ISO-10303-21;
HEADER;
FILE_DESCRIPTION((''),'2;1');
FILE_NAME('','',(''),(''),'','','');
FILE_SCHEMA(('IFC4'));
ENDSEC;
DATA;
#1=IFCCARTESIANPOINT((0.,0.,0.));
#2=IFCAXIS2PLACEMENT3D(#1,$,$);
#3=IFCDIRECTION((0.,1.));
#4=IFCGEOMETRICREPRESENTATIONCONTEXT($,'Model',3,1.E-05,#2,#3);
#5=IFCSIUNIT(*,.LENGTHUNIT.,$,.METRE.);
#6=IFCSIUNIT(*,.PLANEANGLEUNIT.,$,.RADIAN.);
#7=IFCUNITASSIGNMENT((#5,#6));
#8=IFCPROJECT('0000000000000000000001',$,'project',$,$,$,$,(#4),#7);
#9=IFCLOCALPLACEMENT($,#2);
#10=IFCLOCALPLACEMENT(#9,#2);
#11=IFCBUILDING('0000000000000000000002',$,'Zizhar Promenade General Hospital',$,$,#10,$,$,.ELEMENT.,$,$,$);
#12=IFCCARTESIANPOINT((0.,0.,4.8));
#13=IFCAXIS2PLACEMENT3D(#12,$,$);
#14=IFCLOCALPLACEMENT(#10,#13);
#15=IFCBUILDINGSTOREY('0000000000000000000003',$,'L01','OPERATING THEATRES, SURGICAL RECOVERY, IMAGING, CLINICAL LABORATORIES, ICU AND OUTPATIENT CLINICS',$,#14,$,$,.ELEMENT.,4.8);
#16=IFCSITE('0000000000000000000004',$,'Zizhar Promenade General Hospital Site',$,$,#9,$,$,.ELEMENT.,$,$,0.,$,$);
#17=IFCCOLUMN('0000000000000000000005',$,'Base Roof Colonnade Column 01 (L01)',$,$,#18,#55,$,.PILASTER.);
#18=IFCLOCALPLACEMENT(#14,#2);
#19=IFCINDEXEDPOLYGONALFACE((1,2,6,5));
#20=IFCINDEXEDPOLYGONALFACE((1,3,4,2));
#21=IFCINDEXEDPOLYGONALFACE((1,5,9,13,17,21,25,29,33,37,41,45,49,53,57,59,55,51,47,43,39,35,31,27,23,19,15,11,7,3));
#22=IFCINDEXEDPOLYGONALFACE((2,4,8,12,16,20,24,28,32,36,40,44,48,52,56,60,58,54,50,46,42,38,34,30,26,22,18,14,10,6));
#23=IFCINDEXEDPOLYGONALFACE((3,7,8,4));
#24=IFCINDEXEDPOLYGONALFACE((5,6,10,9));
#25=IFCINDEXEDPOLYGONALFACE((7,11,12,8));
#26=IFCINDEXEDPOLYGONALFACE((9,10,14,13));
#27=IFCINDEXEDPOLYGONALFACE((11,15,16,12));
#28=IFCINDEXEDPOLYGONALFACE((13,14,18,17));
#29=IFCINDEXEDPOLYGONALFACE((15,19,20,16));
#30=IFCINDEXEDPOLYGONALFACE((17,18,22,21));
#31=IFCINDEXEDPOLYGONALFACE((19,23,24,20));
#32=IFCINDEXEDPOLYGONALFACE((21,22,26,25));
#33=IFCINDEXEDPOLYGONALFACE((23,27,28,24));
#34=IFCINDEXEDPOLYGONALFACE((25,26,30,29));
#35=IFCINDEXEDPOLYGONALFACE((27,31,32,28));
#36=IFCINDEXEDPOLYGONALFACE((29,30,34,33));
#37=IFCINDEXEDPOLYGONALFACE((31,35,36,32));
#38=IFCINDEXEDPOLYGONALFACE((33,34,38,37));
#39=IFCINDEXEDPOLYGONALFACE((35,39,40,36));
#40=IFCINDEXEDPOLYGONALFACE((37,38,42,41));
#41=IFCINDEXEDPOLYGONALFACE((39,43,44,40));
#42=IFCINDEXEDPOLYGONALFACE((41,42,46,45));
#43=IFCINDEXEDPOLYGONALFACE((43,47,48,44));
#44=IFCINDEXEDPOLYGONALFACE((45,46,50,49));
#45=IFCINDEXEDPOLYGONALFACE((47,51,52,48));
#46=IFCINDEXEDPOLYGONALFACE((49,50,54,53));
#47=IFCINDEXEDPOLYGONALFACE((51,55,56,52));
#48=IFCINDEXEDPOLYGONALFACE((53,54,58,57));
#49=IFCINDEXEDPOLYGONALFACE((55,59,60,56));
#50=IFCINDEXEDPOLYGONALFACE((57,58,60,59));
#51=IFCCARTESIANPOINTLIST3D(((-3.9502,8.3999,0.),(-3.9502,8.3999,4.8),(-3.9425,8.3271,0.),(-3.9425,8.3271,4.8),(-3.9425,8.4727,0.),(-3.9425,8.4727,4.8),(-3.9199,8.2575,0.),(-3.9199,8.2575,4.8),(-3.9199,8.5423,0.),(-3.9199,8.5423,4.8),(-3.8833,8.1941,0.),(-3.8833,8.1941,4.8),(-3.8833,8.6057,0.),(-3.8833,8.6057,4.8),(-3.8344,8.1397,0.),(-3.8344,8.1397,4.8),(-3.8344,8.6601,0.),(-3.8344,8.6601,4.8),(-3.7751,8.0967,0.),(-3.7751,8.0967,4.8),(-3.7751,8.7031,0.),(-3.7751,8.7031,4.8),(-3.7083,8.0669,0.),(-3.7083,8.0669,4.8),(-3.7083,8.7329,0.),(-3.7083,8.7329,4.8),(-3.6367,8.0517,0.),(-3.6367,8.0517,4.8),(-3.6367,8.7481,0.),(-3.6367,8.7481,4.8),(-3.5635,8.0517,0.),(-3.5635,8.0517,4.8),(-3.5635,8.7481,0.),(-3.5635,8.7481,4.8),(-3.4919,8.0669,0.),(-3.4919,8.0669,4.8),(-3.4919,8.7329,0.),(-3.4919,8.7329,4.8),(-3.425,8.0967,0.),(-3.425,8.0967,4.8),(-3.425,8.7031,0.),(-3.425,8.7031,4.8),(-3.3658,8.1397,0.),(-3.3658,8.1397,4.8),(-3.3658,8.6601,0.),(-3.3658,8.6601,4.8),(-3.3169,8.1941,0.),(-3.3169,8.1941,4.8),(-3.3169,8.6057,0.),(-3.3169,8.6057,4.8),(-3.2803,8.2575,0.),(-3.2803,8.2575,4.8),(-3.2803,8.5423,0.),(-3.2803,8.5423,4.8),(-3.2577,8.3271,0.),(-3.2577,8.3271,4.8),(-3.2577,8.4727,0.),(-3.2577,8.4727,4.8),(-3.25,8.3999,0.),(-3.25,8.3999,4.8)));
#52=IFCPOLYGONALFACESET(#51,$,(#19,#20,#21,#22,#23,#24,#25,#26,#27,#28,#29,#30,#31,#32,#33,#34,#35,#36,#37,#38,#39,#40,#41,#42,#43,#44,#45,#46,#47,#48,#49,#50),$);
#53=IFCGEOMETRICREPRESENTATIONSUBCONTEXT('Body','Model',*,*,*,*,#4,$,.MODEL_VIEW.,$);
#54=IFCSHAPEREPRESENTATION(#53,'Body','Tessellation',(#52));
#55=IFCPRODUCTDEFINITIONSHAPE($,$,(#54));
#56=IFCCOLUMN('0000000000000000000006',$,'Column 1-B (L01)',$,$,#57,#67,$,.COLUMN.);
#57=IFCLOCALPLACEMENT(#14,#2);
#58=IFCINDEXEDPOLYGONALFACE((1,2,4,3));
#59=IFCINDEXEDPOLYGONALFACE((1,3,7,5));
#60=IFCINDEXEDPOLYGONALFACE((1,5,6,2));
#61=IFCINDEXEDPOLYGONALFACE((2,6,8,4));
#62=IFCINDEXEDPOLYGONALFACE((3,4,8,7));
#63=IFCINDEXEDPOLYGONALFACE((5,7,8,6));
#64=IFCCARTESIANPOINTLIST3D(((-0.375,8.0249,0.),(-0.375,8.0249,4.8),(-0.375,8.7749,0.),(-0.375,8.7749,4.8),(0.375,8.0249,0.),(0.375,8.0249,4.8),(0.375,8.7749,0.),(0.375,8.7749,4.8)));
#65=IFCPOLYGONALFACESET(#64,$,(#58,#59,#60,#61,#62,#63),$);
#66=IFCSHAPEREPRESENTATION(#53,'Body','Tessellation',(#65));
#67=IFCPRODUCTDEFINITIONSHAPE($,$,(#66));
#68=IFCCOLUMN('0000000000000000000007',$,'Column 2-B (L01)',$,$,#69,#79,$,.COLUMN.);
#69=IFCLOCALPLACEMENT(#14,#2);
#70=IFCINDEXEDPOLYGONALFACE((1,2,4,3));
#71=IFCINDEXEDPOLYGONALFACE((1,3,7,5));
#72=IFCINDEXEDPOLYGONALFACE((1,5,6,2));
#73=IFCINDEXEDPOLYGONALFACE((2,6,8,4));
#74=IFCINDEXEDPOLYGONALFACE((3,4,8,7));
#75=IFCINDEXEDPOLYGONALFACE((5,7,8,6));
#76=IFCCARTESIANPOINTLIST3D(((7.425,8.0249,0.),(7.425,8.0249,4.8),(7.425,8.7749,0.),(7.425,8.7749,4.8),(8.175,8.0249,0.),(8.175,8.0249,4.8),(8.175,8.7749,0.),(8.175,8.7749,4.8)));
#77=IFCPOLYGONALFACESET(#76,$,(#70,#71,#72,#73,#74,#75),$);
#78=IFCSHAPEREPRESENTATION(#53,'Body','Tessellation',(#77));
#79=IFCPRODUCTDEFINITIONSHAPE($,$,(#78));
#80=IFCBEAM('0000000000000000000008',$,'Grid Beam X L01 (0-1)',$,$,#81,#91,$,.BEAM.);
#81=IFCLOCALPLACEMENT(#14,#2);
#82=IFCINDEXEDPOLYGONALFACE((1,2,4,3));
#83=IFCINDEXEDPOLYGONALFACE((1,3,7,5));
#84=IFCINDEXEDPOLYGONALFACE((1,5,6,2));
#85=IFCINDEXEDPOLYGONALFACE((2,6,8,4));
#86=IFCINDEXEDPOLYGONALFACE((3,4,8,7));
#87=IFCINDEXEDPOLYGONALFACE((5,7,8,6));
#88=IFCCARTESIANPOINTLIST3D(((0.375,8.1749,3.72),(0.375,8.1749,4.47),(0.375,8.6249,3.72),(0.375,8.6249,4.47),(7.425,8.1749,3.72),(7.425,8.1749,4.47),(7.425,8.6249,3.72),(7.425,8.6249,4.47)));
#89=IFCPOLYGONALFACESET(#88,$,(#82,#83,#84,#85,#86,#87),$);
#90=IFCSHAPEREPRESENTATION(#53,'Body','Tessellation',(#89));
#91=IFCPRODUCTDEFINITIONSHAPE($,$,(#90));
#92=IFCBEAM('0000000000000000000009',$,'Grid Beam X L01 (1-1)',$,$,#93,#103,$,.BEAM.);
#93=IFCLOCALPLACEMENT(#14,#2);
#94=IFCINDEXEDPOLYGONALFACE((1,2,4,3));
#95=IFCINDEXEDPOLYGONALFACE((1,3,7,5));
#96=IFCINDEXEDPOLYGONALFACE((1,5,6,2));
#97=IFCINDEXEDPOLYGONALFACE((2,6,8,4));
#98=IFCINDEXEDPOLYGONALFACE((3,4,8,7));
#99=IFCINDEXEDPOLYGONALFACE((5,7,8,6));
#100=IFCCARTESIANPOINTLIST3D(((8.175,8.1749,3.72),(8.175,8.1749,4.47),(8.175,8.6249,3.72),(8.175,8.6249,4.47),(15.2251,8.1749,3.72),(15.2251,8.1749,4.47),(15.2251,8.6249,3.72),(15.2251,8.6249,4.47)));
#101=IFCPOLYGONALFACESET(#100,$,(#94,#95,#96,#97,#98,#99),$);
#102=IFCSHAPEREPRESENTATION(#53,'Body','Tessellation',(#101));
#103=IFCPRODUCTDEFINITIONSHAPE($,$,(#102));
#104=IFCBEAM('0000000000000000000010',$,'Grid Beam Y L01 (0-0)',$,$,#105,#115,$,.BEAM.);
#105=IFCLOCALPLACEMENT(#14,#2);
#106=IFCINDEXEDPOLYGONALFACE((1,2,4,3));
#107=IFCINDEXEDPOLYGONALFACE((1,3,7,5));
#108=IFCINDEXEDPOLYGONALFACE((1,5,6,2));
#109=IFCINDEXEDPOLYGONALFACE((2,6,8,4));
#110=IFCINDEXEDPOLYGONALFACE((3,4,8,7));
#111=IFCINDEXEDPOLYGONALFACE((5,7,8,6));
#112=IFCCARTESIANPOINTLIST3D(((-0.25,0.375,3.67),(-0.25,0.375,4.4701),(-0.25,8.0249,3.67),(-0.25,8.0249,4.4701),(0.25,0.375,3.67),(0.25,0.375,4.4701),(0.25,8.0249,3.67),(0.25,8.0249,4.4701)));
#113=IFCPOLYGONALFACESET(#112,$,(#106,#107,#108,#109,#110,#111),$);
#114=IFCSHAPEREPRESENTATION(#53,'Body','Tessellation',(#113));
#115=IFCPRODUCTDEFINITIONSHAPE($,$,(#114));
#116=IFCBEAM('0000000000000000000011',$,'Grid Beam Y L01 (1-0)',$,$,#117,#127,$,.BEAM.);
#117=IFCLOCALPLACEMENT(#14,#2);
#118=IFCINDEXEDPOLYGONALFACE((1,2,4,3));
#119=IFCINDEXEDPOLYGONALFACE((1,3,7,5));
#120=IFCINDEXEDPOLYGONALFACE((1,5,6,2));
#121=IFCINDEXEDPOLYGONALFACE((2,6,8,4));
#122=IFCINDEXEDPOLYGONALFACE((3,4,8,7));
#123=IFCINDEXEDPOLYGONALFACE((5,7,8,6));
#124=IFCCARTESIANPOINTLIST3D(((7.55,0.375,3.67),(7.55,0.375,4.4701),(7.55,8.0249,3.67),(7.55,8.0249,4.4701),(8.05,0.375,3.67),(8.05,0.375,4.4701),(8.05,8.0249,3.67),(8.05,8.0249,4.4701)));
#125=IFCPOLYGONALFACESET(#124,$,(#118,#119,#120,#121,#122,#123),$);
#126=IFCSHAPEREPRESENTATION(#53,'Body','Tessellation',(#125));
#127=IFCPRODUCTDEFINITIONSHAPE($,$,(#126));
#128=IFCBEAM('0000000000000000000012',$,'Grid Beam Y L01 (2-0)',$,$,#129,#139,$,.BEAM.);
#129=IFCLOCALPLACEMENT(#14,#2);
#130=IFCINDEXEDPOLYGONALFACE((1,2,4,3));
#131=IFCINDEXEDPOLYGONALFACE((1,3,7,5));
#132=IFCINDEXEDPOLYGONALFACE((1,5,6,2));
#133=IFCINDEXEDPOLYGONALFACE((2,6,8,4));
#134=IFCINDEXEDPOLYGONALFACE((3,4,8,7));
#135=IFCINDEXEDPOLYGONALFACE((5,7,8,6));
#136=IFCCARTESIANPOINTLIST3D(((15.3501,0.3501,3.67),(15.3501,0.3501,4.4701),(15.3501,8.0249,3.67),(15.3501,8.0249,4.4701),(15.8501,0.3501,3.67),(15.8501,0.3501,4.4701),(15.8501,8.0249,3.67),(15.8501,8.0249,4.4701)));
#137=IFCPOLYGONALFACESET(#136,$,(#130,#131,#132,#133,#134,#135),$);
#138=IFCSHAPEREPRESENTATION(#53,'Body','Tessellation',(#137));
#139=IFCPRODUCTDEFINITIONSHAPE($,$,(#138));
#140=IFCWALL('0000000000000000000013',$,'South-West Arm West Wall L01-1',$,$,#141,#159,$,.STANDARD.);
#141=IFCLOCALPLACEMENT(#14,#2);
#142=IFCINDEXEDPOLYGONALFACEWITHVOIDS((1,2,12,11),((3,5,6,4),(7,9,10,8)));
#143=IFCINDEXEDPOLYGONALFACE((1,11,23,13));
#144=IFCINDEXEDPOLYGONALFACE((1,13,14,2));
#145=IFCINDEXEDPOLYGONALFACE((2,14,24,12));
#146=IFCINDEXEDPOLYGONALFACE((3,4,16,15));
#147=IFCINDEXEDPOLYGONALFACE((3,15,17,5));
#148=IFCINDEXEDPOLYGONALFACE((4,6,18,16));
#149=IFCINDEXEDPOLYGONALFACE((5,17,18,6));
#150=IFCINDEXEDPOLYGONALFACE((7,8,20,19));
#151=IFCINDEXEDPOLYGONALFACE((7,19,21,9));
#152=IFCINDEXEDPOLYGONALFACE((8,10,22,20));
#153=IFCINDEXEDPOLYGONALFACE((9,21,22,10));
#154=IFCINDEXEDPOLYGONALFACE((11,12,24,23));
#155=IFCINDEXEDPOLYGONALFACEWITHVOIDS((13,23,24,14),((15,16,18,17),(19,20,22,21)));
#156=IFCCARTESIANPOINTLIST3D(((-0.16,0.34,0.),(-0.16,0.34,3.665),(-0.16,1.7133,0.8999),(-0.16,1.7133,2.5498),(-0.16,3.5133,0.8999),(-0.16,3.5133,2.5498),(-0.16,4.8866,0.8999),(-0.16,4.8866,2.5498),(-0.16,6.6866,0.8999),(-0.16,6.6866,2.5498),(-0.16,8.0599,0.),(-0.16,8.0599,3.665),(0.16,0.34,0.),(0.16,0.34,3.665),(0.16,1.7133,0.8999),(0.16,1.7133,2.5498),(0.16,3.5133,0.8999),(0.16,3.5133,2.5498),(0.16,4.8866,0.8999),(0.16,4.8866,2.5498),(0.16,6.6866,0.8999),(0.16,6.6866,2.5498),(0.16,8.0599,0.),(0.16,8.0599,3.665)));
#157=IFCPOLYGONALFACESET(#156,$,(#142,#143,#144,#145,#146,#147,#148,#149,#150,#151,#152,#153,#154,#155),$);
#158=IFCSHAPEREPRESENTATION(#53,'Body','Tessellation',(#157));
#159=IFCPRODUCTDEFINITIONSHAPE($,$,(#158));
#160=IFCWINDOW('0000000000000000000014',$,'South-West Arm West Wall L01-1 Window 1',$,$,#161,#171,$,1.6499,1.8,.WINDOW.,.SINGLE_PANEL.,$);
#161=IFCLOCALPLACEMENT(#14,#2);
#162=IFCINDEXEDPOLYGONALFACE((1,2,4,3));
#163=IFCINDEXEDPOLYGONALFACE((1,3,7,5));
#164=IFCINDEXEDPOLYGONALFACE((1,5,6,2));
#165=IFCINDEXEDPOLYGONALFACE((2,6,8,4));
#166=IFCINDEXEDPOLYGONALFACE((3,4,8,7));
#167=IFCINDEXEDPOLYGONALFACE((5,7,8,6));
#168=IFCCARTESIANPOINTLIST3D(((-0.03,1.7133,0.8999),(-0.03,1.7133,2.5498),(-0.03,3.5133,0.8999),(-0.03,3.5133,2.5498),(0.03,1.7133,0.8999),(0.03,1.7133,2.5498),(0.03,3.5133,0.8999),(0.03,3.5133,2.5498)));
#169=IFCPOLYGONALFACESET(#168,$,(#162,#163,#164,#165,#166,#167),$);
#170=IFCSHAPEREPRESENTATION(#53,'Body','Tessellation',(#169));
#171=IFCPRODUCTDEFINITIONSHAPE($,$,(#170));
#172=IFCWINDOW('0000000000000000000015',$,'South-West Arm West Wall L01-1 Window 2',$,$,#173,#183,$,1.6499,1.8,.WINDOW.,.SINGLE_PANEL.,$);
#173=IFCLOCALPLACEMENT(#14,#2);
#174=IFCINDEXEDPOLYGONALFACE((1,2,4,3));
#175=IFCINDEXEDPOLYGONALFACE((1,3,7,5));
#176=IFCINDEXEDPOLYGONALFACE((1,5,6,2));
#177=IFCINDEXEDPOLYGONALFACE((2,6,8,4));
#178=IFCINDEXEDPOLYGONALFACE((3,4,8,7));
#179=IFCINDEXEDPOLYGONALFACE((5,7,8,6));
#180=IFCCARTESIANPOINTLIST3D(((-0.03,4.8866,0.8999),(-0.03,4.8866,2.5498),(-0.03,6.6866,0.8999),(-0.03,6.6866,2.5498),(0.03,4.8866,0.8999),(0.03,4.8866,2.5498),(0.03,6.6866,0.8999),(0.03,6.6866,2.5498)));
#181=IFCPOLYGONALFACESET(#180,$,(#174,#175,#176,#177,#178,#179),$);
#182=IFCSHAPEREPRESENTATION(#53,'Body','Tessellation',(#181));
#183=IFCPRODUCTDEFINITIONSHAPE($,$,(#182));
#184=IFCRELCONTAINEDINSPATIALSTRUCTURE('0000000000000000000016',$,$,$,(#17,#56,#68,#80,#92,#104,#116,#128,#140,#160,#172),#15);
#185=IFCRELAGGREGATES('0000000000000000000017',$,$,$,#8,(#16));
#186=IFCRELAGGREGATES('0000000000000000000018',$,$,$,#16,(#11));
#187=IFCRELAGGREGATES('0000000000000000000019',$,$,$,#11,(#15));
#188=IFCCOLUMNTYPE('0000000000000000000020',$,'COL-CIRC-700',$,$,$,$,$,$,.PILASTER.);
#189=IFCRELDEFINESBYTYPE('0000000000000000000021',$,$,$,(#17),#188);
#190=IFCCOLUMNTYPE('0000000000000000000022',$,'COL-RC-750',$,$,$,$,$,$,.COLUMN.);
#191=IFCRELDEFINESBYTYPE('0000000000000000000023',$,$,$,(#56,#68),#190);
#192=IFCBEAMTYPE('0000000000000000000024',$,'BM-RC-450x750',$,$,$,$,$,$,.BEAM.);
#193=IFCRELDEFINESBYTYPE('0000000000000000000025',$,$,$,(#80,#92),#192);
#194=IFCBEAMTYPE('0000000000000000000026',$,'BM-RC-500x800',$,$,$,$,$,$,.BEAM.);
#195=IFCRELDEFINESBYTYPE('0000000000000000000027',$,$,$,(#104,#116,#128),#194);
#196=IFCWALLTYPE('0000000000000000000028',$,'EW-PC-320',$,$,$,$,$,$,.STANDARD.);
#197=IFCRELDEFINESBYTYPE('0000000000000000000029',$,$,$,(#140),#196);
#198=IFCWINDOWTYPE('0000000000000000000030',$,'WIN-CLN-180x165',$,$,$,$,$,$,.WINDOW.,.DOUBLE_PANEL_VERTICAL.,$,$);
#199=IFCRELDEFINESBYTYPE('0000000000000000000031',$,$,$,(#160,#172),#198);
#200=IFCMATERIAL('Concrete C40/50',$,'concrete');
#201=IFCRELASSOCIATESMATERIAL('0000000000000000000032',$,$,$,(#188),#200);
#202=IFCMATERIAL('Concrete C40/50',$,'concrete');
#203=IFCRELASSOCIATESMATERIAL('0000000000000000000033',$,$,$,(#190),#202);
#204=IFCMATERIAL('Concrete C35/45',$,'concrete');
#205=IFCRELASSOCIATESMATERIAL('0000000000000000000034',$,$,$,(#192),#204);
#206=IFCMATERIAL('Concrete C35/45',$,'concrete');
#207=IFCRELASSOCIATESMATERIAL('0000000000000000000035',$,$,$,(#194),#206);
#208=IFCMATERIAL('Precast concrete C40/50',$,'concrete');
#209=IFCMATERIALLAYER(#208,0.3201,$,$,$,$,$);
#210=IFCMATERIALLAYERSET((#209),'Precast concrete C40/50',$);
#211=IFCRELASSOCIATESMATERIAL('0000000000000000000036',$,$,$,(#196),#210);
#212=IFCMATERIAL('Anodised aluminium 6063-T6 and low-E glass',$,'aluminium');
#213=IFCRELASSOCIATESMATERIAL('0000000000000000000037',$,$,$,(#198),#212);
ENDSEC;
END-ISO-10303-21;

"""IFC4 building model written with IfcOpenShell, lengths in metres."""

from ifc_helpers import new_model, si_unit, direction, frame, frame_2d, origin, origin_2d, place, context, subcontext, project, spatial, rectangle, circle, extrude, material, layer, layer_set, material_profile, profile_set, type_object, element, fill, save


model = new_model("IFC4")

# Units and contexts
model_context = context("Model", 3, precision=1e-05, world=origin(), true_north=direction((0.0, 1.0)))
body_context = subcontext(model_context, "Body", "Model", "MODEL_VIEW")
ifc_project = project(units=[si_unit("LENGTHUNIT", "METRE"), si_unit("PLANEANGLEUNIT", "RADIAN")], contexts=[model_context])

# Site, building, storey
site_placement = place(None, origin())
site = spatial("IfcSite", under=ifc_project, at=site_placement, Name="Zizhar Promenade General Hospital Site", CompositionType="ELEMENT", RefElevation=0.0)
building_placement = place(site_placement, origin())
building = spatial("IfcBuilding", under=site, at=building_placement, Name="Zizhar Promenade General Hospital", CompositionType="ELEMENT")
storey_placement = place(building_placement, frame((0.0, 0.0, 4.8)))
storey = spatial("IfcBuildingStorey", under=building, at=storey_placement, Name="L01", Description="OPERATING THEATRES, SURGICAL RECOVERY, IMAGING, CLINICAL LABORATORIES, ICU AND OUTPATIENT CLINICS", CompositionType="ELEMENT", Elevation=4.8)

# Columns
ifc_material_1 = material(Name="Concrete C40/50", Category="concrete")
ifc_material_profile_1 = material_profile(ifc_material_1, circle(Radius=0.3501, at=origin_2d()))
ifc_profile_set_1 = profile_set([ifc_material_profile_1], Name="Concrete C40/50")
column_type_1 = type_object("IfcColumnType", Name="COL-CIRC-700", PredefinedType="PILASTER", material=ifc_profile_set_1)
column_placement = place(storey_placement, frame((-3.6001, 8.3999, 0.0), z_axis=(0.0, 0.0, 1.0), x_axis=(1.0, 0.0, 0.0)))
element("IfcColumn", 1, at=column_placement, inside=storey, type_object=column_type_1, Name="Base Roof Colonnade Column 01 (L01)", PredefinedType="PILASTER", context=body_context, shape_type="SweptSolid", body=[
    extrude(circle(Radius=0.3501, at=origin_2d()), origin(), (0.0, 0.0, 1.0), 4.8),
])
ifc_material_2 = material(Name="Concrete C40/50", Category="concrete")
ifc_material_profile_2 = material_profile(ifc_material_2, rectangle(XDim=0.75, YDim=0.75, at=origin_2d()))
ifc_profile_set_2 = profile_set([ifc_material_profile_2], Name="Concrete C40/50")
column_type_2 = type_object("IfcColumnType", Name="COL-RC-750", PredefinedType="COLUMN", material=ifc_profile_set_2)
for number, where, z_axis, x_axis, name in (
    (2, (0.0, 8.3999, 0.0), (0.0, 0.0, 1.0), (1.0, 0.0, 0.0), "Column 1-B (L01)"),
    (3, (7.8, 8.3999, 0.0), (0.0, 0.0, 1.0), (1.0, 0.0, 0.0), "Column 2-B (L01)"),
):
    element("IfcColumn", number, at=place(storey_placement, frame(where, z_axis=z_axis, x_axis=x_axis)), inside=storey, type_object=column_type_2, Name=name, PredefinedType="COLUMN", context=body_context, shape_type="SweptSolid", body=[
        extrude(rectangle(XDim=0.75, YDim=0.75, at=origin_2d()), origin(), (0.0, 0.0, 1.0), 4.8),
    ])

# Beams
ifc_material_3 = material(Name="Concrete C35/45", Category="concrete")
ifc_material_profile_3 = material_profile(ifc_material_3, rectangle(XDim=0.45, YDim=0.75, at=origin_2d()))
ifc_profile_set_3 = profile_set([ifc_material_profile_3], Name="Concrete C35/45")
beam_type_1 = type_object("IfcBeamType", Name="BM-RC-450x750", PredefinedType="BEAM", material=ifc_profile_set_3)
for number, where, z_axis, x_axis, name in (
    (4, (0.375, 8.3999, 4.095), (1.0, 0.0, 0.0), (0.0, 1.0, 0.0), "Grid Beam X L01 (0-1)"),
    (5, (8.175, 8.3999, 4.095), (1.0, 0.0, 0.0), (0.0, 1.0, 0.0), "Grid Beam X L01 (1-1)"),
):
    element("IfcBeam", number, at=place(storey_placement, frame(where, z_axis=z_axis, x_axis=x_axis)), inside=storey, type_object=beam_type_1, Name=name, PredefinedType="BEAM", context=body_context, shape_type="SweptSolid", body=[
        extrude(rectangle(XDim=0.45, YDim=0.75, at=origin_2d()), origin(), (0.0, 0.0, 1.0), 7.05),
    ])
ifc_material_4 = material(Name="Concrete C35/45", Category="concrete")
ifc_material_profile_4 = material_profile(ifc_material_4, rectangle(XDim=0.5, YDim=0.8, at=origin_2d()))
ifc_profile_set_4 = profile_set([ifc_material_profile_4], Name="Concrete C35/45")
beam_type_2 = type_object("IfcBeamType", Name="BM-RC-500x800", PredefinedType="BEAM", material=ifc_profile_set_4)
for number, where, z_axis, x_axis, name in (
    (6, (0.0, 0.375, 4.0701), (0.0, 1.0, 0.0), (-1.0, 0.0, 0.0), "Grid Beam Y L01 (0-0)"),
    (7, (7.8, 0.375, 4.0701), (0.0, 1.0, 0.0), (-1.0, 0.0, 0.0), "Grid Beam Y L01 (1-0)"),
):
    element("IfcBeam", number, at=place(storey_placement, frame(where, z_axis=z_axis, x_axis=x_axis)), inside=storey, type_object=beam_type_2, Name=name, PredefinedType="BEAM", context=body_context, shape_type="SweptSolid", body=[
        extrude(rectangle(XDim=0.5, YDim=0.8, at=origin_2d()), origin(), (0.0, 0.0, 1.0), 7.6499),
    ])
beam_placement = place(storey_placement, frame((15.6001, 0.3501, 4.0701), z_axis=(0.0, 1.0, 0.0), x_axis=(-1.0, 0.0, 0.0)))
element("IfcBeam", 8, at=beam_placement, inside=storey, type_object=beam_type_2, Name="Grid Beam Y L01 (2-0)", PredefinedType="BEAM", context=body_context, shape_type="SweptSolid", body=[
    extrude(rectangle(XDim=0.5, YDim=0.8, at=origin_2d()), origin(), (0.0, 0.0, 1.0), 7.6748),
])

# Wall, openings, windows
ifc_material_5 = material(Name="Precast concrete C40/50", Category="concrete")
ifc_layer_1 = layer(ifc_material_5, 0.3201)
ifc_layer_set_1 = layer_set([ifc_layer_1], Name="Precast concrete C40/50")
wall_type_1 = type_object("IfcWallType", Name="EW-PC-320", PredefinedType="STANDARD", material=ifc_layer_set_1)
wall_1_placement = place(storey_placement, frame((0.0, 0.3401, 0.0), z_axis=(0.0, 0.0, 1.0), x_axis=(0.0, 1.0, 0.0)))
wall_1 = element("IfcWall", 9, at=wall_1_placement, inside=storey, type_object=wall_type_1, Name="South-West Arm West Wall L01-1", PredefinedType="STANDARD", context=body_context, shape_type="SweptSolid", body=[
    extrude(rectangle(XDim=7.72, YDim=0.3201, at=frame_2d((3.8599, 0.0))), origin(), (0.0, 0.0, 1.0), 3.665),
])
opening_1_placement = place(wall_1_placement, frame((1.3733, 0.0, 0.8999)))
opening_1 = element("IfcOpeningElement", 10, at=opening_1_placement, cuts=wall_1, PredefinedType="OPENING", context=body_context, shape_type="SweptSolid", body=[
    extrude(rectangle(XDim=1.8, YDim=1.6499, at=frame_2d((0.8999, 0.825))), frame((0.0, 0.1699, 0.0), z_axis=(0.0, -1.0, 0.0), x_axis=(1.0, 0.0, 0.0)), (0.0, 0.0, 1.0), 0.3401),
])
opening_2_placement = place(wall_1_placement, frame((4.5466, 0.0, 0.8999)))
opening_2 = element("IfcOpeningElement", 11, at=opening_2_placement, cuts=wall_1, PredefinedType="OPENING", context=body_context, shape_type="SweptSolid", body=[
    extrude(rectangle(XDim=1.8, YDim=1.6499, at=frame_2d((0.8999, 0.825))), frame((0.0, 0.1699, 0.0), z_axis=(0.0, -1.0, 0.0), x_axis=(1.0, 0.0, 0.0)), (0.0, 0.0, 1.0), 0.3401),
])
ifc_material_6 = material(Name="Anodised aluminium 6063-T6 and low-E glass", Category="aluminium")
window_type = type_object("IfcWindowType", Name="WIN-CLN-180x165", PartitioningType="DOUBLE_PANEL_VERTICAL", PredefinedType="WINDOW", material=ifc_material_6)
window_1_placement = place(opening_1_placement, origin())
window_1 = element("IfcWindow", 12, at=window_1_placement, inside=storey, type_object=window_type, Name="South-West Arm West Wall L01-1 Window 1", OverallHeight=1.6499, OverallWidth=1.8, PartitioningType="SINGLE_PANEL", PredefinedType="WINDOW", context=body_context, shape_type="SweptSolid", body=[
    extrude(rectangle(XDim=1.8, YDim=1.6499, at=frame_2d((0.8999, 0.825))), frame((0.0, 0.03, 0.0), z_axis=(0.0, -1.0, 0.0), x_axis=(1.0, 0.0, 0.0)), (0.0, 0.0, 1.0), 0.0601),
])
fill(opening_1, window_1)
window_2_placement = place(opening_2_placement, origin())
window_2 = element("IfcWindow", 13, at=window_2_placement, inside=storey, type_object=window_type, Name="South-West Arm West Wall L01-1 Window 2", OverallHeight=1.6499, OverallWidth=1.8, PartitioningType="SINGLE_PANEL", PredefinedType="WINDOW", context=body_context, shape_type="SweptSolid", body=[
    extrude(rectangle(XDim=1.8, YDim=1.6499, at=frame_2d((0.8999, 0.825))), frame((0.0, 0.03, 0.0), z_axis=(0.0, -1.0, 0.0), x_axis=(1.0, 0.0, 0.0)), (0.0, 0.0, 1.0), 0.0601),
])
fill(opening_2, window_2)

save(model, "model.ifc")
